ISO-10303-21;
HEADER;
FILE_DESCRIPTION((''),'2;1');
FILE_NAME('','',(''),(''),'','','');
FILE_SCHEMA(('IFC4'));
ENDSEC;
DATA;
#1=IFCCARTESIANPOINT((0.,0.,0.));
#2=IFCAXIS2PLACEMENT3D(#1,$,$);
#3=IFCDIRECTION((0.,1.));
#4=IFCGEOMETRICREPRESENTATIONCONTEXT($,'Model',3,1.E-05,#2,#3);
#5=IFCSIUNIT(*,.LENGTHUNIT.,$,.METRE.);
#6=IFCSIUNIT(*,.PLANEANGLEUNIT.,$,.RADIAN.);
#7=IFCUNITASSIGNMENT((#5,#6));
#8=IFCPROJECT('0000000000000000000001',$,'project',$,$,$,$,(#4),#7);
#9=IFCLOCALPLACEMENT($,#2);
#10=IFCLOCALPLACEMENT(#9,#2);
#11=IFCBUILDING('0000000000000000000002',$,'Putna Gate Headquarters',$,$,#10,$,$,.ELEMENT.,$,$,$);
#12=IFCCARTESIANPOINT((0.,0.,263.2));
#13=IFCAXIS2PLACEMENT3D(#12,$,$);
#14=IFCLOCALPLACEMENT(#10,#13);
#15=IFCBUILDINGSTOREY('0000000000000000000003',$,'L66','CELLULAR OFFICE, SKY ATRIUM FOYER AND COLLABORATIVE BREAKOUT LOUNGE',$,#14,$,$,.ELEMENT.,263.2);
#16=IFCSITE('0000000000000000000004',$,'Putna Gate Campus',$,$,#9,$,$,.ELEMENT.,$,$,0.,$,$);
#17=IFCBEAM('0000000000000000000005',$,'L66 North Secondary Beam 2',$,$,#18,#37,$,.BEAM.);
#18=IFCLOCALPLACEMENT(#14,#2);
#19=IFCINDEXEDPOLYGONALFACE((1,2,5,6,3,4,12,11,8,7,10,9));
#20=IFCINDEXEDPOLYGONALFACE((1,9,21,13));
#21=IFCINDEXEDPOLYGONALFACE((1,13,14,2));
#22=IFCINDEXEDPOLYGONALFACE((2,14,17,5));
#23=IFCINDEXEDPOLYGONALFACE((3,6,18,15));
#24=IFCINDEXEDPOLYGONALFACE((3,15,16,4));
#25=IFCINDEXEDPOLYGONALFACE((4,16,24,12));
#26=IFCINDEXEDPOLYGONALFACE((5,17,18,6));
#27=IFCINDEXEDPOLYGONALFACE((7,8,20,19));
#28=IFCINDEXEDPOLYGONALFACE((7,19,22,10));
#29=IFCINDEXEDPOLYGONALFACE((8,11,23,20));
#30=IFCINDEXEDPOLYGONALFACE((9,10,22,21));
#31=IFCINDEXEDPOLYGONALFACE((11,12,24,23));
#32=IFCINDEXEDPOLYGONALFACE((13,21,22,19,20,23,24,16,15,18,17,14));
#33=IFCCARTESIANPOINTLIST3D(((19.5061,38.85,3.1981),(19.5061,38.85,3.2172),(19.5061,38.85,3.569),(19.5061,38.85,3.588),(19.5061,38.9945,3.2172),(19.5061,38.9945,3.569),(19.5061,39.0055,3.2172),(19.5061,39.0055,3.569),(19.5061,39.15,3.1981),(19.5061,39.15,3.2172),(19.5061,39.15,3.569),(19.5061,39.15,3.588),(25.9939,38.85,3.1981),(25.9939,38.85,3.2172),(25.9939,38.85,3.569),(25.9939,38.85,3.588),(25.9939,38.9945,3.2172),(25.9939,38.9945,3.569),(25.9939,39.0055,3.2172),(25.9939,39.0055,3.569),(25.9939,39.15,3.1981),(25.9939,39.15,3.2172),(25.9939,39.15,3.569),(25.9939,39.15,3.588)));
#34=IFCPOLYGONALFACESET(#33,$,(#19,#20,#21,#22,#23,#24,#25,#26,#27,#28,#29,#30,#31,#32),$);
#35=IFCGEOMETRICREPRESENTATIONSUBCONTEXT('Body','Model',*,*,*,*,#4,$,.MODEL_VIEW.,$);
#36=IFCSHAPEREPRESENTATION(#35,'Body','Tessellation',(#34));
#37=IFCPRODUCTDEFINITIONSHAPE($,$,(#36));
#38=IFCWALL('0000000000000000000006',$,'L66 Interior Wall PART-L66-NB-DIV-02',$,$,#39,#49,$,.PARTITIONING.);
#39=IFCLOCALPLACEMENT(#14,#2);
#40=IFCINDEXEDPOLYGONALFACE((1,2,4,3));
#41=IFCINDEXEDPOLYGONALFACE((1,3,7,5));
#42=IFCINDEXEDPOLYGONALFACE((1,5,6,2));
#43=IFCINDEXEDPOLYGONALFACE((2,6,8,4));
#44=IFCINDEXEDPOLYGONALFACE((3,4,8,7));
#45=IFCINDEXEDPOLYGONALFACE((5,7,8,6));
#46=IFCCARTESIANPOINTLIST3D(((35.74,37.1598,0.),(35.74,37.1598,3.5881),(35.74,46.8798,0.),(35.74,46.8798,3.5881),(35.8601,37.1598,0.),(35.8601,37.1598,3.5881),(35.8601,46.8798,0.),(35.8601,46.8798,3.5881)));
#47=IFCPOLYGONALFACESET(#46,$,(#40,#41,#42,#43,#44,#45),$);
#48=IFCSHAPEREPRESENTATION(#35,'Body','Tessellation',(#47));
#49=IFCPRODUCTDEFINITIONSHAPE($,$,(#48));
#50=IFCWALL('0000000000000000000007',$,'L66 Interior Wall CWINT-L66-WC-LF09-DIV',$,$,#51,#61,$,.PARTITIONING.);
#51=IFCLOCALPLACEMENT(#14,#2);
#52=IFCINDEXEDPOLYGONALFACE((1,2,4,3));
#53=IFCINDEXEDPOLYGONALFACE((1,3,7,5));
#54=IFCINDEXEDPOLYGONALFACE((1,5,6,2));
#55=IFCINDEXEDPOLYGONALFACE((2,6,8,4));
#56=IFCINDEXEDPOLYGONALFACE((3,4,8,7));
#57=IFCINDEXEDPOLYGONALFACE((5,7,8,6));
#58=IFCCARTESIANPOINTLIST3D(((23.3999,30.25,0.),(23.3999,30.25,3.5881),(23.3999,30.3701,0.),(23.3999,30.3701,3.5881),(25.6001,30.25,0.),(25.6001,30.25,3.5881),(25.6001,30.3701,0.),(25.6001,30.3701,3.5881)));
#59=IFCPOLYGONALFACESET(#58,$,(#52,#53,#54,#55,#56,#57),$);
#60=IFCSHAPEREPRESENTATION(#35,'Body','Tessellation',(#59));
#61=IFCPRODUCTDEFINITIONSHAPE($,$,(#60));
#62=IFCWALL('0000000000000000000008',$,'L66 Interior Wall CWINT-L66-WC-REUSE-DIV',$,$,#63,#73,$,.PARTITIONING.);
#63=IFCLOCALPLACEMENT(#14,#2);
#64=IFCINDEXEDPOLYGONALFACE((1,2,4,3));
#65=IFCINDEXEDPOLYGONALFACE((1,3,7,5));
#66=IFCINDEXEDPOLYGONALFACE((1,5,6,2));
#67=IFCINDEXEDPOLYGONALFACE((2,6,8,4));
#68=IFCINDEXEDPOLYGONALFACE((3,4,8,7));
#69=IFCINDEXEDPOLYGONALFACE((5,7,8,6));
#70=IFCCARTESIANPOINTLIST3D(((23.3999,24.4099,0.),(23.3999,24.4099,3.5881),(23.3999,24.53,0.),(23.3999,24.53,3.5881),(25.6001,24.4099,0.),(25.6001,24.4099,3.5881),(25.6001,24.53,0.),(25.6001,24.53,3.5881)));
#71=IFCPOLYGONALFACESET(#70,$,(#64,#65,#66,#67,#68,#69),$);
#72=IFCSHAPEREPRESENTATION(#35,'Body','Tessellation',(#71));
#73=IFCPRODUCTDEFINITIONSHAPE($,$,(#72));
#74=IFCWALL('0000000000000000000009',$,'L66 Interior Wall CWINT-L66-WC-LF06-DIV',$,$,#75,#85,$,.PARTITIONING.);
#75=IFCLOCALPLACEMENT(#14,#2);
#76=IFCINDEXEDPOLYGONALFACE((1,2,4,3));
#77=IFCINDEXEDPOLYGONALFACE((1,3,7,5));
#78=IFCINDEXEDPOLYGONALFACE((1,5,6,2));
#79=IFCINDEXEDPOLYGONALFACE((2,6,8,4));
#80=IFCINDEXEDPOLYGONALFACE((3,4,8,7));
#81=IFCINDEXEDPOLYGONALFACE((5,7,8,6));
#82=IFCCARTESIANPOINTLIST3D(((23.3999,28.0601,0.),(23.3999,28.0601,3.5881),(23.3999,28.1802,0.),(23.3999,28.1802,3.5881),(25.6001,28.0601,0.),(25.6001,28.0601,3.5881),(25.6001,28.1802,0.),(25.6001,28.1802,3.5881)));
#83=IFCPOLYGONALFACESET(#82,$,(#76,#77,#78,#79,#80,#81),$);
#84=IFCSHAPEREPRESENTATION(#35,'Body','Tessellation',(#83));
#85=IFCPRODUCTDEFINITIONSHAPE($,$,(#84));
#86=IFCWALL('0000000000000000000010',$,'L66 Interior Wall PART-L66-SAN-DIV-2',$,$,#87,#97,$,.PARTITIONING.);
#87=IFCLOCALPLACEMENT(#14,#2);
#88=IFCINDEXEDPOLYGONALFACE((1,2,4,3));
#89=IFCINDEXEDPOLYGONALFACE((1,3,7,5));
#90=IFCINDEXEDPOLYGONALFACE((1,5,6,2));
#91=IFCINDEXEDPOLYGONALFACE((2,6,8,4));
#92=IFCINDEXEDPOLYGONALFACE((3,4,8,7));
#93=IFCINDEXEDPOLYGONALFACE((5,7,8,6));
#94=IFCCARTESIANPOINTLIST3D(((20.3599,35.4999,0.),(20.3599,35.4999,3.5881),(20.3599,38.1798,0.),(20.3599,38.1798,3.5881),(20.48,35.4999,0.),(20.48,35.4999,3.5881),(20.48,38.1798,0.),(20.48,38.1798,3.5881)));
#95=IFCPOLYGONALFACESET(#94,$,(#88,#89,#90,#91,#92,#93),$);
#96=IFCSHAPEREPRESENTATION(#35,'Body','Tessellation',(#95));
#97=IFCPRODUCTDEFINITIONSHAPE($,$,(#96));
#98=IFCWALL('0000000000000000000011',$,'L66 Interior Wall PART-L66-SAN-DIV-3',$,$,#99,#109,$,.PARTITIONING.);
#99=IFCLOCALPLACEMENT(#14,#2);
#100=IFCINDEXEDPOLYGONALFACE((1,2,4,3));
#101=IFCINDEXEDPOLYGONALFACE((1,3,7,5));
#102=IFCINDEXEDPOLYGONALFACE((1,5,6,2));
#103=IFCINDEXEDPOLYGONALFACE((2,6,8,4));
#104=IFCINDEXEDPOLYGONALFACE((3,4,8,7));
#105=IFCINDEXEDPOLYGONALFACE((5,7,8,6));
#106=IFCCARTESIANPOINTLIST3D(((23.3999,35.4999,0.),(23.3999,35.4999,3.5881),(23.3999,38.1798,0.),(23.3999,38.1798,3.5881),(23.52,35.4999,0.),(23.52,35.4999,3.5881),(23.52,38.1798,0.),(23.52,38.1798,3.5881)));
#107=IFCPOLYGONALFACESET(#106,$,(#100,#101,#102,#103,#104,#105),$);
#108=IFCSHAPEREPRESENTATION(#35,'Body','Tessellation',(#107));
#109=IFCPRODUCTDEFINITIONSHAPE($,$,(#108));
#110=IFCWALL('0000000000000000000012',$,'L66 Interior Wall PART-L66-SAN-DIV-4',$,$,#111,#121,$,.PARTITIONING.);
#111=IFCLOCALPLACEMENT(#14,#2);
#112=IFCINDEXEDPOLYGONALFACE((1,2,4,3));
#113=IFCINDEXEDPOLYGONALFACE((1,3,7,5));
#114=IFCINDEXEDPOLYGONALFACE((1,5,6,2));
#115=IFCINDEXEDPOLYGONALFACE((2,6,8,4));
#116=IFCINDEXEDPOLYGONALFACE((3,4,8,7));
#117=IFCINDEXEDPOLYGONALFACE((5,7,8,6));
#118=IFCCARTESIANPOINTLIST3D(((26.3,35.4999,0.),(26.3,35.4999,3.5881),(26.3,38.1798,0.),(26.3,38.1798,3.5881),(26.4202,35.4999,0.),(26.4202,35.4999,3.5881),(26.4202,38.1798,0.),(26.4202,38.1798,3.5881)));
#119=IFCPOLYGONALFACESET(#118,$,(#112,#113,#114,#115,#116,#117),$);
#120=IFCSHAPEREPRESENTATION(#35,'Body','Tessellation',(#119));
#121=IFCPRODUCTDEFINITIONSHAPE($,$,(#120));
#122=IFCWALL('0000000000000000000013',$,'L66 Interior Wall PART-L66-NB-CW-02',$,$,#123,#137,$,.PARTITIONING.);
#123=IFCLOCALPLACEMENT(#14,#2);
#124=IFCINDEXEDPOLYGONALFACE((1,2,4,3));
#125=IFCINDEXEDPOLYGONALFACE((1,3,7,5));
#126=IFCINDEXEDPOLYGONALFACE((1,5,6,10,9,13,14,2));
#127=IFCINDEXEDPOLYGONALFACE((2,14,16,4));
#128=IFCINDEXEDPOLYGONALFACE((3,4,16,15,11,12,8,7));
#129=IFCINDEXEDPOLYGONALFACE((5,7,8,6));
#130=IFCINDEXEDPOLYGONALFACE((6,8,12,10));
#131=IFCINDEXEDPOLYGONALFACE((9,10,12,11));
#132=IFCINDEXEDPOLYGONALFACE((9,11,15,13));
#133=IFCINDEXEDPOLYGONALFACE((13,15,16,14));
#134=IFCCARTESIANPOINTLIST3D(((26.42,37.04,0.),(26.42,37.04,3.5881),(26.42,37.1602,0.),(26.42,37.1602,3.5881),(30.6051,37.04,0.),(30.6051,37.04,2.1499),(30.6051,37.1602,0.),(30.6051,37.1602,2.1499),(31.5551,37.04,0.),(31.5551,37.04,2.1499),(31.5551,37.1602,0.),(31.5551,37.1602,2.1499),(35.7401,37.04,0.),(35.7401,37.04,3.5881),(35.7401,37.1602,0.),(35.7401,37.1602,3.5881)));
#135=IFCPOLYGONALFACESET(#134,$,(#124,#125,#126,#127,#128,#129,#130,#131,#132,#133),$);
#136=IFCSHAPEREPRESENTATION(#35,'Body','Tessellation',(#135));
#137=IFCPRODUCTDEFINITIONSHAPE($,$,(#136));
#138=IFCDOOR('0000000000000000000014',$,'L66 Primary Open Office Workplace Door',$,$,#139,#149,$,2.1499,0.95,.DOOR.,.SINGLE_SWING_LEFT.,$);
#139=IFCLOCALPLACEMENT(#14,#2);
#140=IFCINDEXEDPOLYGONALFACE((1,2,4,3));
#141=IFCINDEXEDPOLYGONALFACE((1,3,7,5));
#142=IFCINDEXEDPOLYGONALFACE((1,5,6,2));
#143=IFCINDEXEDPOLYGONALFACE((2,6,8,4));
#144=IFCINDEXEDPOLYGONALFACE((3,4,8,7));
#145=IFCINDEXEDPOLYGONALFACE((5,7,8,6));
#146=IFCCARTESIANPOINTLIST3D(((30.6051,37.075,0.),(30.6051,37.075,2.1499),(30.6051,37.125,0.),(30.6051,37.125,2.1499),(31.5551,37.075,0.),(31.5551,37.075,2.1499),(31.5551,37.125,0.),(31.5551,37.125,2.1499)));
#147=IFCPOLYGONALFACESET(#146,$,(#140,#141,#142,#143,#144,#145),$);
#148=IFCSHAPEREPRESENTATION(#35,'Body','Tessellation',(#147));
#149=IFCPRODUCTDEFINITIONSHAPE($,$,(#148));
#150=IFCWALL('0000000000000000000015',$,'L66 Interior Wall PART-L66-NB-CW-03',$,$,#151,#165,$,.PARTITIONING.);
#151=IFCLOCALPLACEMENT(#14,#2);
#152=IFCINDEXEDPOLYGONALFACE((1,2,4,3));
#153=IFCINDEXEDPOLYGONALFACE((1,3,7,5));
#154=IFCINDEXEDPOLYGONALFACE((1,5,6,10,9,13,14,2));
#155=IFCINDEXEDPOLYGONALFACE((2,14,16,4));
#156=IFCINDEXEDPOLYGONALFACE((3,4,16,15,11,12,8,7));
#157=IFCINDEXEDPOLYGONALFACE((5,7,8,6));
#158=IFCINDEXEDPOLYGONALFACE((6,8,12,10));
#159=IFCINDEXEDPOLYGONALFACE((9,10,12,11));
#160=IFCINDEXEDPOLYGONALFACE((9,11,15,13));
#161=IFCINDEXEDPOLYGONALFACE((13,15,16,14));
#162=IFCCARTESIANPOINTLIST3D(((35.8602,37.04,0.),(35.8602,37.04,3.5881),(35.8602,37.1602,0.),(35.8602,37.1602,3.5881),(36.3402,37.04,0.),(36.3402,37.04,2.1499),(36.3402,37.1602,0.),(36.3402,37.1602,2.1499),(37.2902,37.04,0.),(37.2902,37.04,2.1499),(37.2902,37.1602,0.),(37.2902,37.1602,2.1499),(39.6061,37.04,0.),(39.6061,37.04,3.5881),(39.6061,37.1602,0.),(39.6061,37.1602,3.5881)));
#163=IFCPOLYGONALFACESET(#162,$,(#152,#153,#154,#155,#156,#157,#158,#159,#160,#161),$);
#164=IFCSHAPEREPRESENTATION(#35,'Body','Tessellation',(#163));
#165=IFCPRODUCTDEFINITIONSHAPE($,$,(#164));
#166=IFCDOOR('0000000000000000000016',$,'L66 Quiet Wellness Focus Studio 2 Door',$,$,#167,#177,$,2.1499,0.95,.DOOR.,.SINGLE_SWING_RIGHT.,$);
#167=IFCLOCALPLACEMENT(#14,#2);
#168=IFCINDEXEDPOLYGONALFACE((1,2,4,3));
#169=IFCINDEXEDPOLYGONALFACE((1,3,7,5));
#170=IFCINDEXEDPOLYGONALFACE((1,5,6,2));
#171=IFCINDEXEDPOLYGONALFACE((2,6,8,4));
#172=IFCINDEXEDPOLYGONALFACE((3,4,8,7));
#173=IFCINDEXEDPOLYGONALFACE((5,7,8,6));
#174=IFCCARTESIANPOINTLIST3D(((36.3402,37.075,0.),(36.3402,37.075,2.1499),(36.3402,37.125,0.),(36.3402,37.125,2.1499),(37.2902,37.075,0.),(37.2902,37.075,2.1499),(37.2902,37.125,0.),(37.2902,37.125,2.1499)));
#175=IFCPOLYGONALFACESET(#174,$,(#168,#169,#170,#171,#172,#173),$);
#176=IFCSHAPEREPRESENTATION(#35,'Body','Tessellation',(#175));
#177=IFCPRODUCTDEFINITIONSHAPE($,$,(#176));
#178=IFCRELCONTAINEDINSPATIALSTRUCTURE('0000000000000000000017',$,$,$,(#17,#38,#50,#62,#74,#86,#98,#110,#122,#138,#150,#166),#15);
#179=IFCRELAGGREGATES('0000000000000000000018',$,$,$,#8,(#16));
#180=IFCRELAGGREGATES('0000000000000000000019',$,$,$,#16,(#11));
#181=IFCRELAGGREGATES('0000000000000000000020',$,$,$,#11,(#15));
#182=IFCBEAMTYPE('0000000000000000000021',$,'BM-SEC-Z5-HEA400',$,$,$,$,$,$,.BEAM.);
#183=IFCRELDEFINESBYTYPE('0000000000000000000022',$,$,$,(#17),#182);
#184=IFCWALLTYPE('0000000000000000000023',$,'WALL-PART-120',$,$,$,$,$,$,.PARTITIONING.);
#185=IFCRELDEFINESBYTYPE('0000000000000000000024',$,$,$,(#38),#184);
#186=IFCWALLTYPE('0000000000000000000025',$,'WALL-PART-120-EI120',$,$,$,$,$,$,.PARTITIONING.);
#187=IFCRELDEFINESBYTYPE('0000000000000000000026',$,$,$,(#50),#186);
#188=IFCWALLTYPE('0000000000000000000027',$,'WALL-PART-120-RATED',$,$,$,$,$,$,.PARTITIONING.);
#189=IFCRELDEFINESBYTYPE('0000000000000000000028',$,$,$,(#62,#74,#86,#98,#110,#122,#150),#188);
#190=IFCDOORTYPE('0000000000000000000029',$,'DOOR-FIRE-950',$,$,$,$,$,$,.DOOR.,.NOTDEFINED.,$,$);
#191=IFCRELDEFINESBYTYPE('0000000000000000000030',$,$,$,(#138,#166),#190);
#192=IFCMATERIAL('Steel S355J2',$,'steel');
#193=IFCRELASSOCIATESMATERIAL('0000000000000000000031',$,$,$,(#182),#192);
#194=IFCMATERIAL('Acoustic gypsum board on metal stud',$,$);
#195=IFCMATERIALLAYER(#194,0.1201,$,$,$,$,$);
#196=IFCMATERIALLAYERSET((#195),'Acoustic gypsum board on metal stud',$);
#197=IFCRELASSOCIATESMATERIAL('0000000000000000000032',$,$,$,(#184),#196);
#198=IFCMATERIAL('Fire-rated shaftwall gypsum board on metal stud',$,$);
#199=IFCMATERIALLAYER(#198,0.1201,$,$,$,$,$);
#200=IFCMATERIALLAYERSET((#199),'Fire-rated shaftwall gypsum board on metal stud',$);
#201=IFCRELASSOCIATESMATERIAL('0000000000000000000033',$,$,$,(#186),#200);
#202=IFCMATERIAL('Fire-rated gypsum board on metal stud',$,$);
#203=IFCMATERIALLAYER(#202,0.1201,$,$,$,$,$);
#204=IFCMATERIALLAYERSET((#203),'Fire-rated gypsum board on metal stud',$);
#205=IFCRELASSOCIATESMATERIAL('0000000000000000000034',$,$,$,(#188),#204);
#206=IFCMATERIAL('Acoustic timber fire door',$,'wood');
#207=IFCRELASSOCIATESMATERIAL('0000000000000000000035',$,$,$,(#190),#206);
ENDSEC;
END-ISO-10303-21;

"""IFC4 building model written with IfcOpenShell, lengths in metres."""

from ifc_helpers import new_model, si_unit, direction, frame, frame_2d, origin, origin_2d, place, context, subcontext, project, spatial, rectangle, i_section, extrude, material, layer, layer_set, material_profile, profile_set, type_object, element, fill, save


model = new_model("IFC4")

# Units and contexts
model_context = context("Model", 3, precision=1e-05, world=origin(), true_north=direction((0.0, 1.0)))
body_context = subcontext(model_context, "Body", "Model", "MODEL_VIEW")
ifc_project = project(units=[si_unit("LENGTHUNIT", "METRE"), si_unit("PLANEANGLEUNIT", "RADIAN")], contexts=[model_context])

# Site, building, storey
site_placement = place(None, origin())
site = spatial("IfcSite", under=ifc_project, at=site_placement, Name="Putna Gate Campus", CompositionType="ELEMENT", RefElevation=0.0)
building_placement = place(site_placement, origin())
building = spatial("IfcBuilding", under=site, at=building_placement, Name="Putna Gate Headquarters", CompositionType="ELEMENT")
storey_placement = place(building_placement, frame((0.0, 0.0, 263.2)))
storey = spatial("IfcBuildingStorey", under=building, at=storey_placement, Name="L66", Description="CELLULAR OFFICE, SKY ATRIUM FOYER AND COLLABORATIVE BREAKOUT LOUNGE", CompositionType="ELEMENT", Elevation=263.2)

# Beam
ifc_material_1 = material(Name="Steel S355J2", Category="steel")
ifc_material_profile_1 = material_profile(ifc_material_1, i_section(OverallWidth=0.3, OverallDepth=0.3899, WebThickness=0.011, FlangeThickness=0.019, at=origin_2d()), Name="Steel S355J2")
ifc_profile_set_1 = profile_set([ifc_material_profile_1], Name="Steel S355J2")
beam_type_1 = type_object("IfcBeamType", Name="BM-SEC-Z5-HEA400", PredefinedType="BEAM", material=ifc_profile_set_1)
beam_1_placement = place(storey_placement, frame((19.5061, 39.0, 3.3931), z_axis=(1.0, 0.0, 0.0), x_axis=(0.0, 1.0, 0.0)))
element("IfcBeam", 1, at=beam_1_placement, inside=storey, type_object=beam_type_1, Name="L66 North Secondary Beam 2", PredefinedType="BEAM", context=body_context, shape_type="SweptSolid", body=[
    extrude(i_section(OverallWidth=0.3, OverallDepth=0.3899, WebThickness=0.011, FlangeThickness=0.019, at=origin_2d()), origin(), (0.0, 0.0, 1.0), 6.4878),
])

# Walls
ifc_material_2 = material(Name="Acoustic gypsum board on metal stud")
ifc_layer_1 = layer(ifc_material_2, 0.1201)
ifc_layer_set_1 = layer_set([ifc_layer_1], Name="Acoustic gypsum board on metal stud")
wall_type_1 = type_object("IfcWallType", Name="WALL-PART-120", PredefinedType="PARTITIONING", material=ifc_layer_set_1)
wall_1_placement = place(storey_placement, frame((35.8, 37.1599, 0.0), z_axis=(0.0, 0.0, 1.0), x_axis=(0.0, 1.0, 0.0)))
element("IfcWall", 2, at=wall_1_placement, inside=storey, type_object=wall_type_1, Name="L66 Interior Wall PART-L66-NB-DIV-02", PredefinedType="PARTITIONING", context=body_context, shape_type="SweptSolid", body=[
    extrude(rectangle(XDim=9.72, YDim=0.1201, at=frame_2d((4.8599, 0.0))), origin(), (0.0, 0.0, 1.0), 3.5881),
])
ifc_material_3 = material(Name="Fire-rated shaftwall gypsum board on metal stud")
ifc_layer_2 = layer(ifc_material_3, 0.1201)
ifc_layer_set_2 = layer_set([ifc_layer_2], Name="Fire-rated shaftwall gypsum board on metal stud")
wall_type_2 = type_object("IfcWallType", Name="WALL-PART-120-EI120", PredefinedType="PARTITIONING", material=ifc_layer_set_2)
wall_2_placement = place(storey_placement, frame((23.3999, 30.3101, 0.0), z_axis=(0.0, 0.0, 1.0), x_axis=(1.0, 0.0, 0.0)))
element("IfcWall", 3, at=wall_2_placement, inside=storey, type_object=wall_type_2, Name="L66 Interior Wall CWINT-L66-WC-LF09-DIV", PredefinedType="PARTITIONING", context=body_context, shape_type="SweptSolid", body=[
    extrude(rectangle(XDim=2.2002, YDim=0.1201, at=frame_2d((1.1001, 0.0))), origin(), (0.0, 0.0, 1.0), 3.5881),
])
ifc_material_4 = material(Name="Fire-rated gypsum board on metal stud")
ifc_layer_3 = layer(ifc_material_4, 0.1201)
ifc_layer_set_3 = layer_set([ifc_layer_3], Name="Fire-rated gypsum board on metal stud")
wall_type_3 = type_object("IfcWallType", Name="WALL-PART-120-RATED", PredefinedType="PARTITIONING", material=ifc_layer_set_3)
for number, where, z_axis, x_axis, name in (
    (4, (23.3999, 24.47, 0.0), (0.0, 0.0, 1.0), (1.0, 0.0, 0.0), "L66 Interior Wall CWINT-L66-WC-REUSE-DIV"),
    (5, (23.3999, 28.1201, 0.0), (0.0, 0.0, 1.0), (1.0, 0.0, 0.0), "L66 Interior Wall CWINT-L66-WC-LF06-DIV"),
):
    element("IfcWall", number, at=place(storey_placement, frame(where, z_axis=z_axis, x_axis=x_axis)), inside=storey, type_object=wall_type_3, Name=name, PredefinedType="PARTITIONING", context=body_context, shape_type="SweptSolid", body=[
        extrude(rectangle(XDim=2.2002, YDim=0.1201, at=frame_2d((1.1001, 0.0))), origin(), (0.0, 0.0, 1.0), 3.5881),
    ])
for number, where, z_axis, x_axis, name in (
    (6, (20.4199, 35.5, 0.0), (0.0, 0.0, 1.0), (0.0, 1.0, 0.0), "L66 Interior Wall PART-L66-SAN-DIV-2"),
    (7, (23.46, 35.5, 0.0), (0.0, 0.0, 1.0), (0.0, 1.0, 0.0), "L66 Interior Wall PART-L66-SAN-DIV-3"),
    (8, (26.3601, 35.5, 0.0), (0.0, 0.0, 1.0), (0.0, 1.0, 0.0), "L66 Interior Wall PART-L66-SAN-DIV-4"),
):
    element("IfcWall", number, at=place(storey_placement, frame(where, z_axis=z_axis, x_axis=x_axis)), inside=storey, type_object=wall_type_3, Name=name, PredefinedType="PARTITIONING", context=body_context, shape_type="SweptSolid", body=[
        extrude(rectangle(XDim=2.6799, YDim=0.1201, at=frame_2d((1.3398, 0.0))), origin(), (0.0, 0.0, 1.0), 3.5881),
    ])

# Walls, openings, doors
wall_3_placement = place(storey_placement, frame((26.4199, 37.1001, 0.0), z_axis=(0.0, 0.0, 1.0), x_axis=(1.0, 0.0, 0.0)))
wall_3 = element("IfcWall", 9, at=wall_3_placement, inside=storey, type_object=wall_type_3, Name="L66 Interior Wall PART-L66-NB-CW-02", PredefinedType="PARTITIONING", context=body_context, shape_type="SweptSolid", body=[
    extrude(rectangle(XDim=9.3201, YDim=0.1201, at=frame_2d((4.6602, 0.0))), origin(), (0.0, 0.0, 1.0), 3.5881),
])
opening_1_placement = place(wall_3_placement, frame((4.1851, 0.0, 0.0)))
opening_1 = element("IfcOpeningElement", 10, at=opening_1_placement, cuts=wall_3, PredefinedType="OPENING", context=body_context, shape_type="SweptSolid", body=[
    extrude(rectangle(XDim=0.95, YDim=2.1499, at=frame_2d((0.4751, 1.075))), frame((0.0, 0.0701, 0.0), z_axis=(0.0, -1.0, 0.0), x_axis=(1.0, 0.0, 0.0)), (0.0, 0.0, 1.0), 0.1401),
])
ifc_material_5 = material(Name="Acoustic timber fire door", Category="wood")
door_type = type_object("IfcDoorType", Name="DOOR-FIRE-950", OperationType="NOTDEFINED", PredefinedType="DOOR", material=ifc_material_5)
door_1_placement = place(opening_1_placement, origin())
door_1 = element("IfcDoor", 11, at=door_1_placement, inside=storey, type_object=door_type, Name="L66 Primary Open Office Workplace Door", OperationType="SINGLE_SWING_LEFT", OverallHeight=2.1499, OverallWidth=0.95, PredefinedType="DOOR", context=body_context, shape_type="SweptSolid", body=[
    extrude(rectangle(XDim=0.95, YDim=2.1499, at=frame_2d((0.4751, 1.075))), frame((0.0, 0.0249, 0.0), z_axis=(0.0, -1.0, 0.0), x_axis=(1.0, 0.0, 0.0)), (0.0, 0.0, 1.0), 0.05),
])
fill(opening_1, door_1)
wall_4_placement = place(storey_placement, frame((35.8601, 37.1001, 0.0), z_axis=(0.0, 0.0, 1.0), x_axis=(1.0, 0.0, 0.0)))
wall_4 = element("IfcWall", 12, at=wall_4_placement, inside=storey, type_object=wall_type_3, Name="L66 Interior Wall PART-L66-NB-CW-03", PredefinedType="PARTITIONING", context=body_context, shape_type="SweptSolid", body=[
    extrude(rectangle(XDim=3.7458, YDim=0.1201, at=frame_2d((1.873, 0.0))), origin(), (0.0, 0.0, 1.0), 3.5881),
])
opening_2_placement = place(wall_4_placement, frame((0.48, 0.0, 0.0)))
opening_2 = element("IfcOpeningElement", 13, at=opening_2_placement, cuts=wall_4, PredefinedType="OPENING", context=body_context, shape_type="SweptSolid", body=[
    extrude(rectangle(XDim=0.95, YDim=2.1499, at=frame_2d((0.4751, 1.075))), frame((0.0, 0.0701, 0.0), z_axis=(0.0, -1.0, 0.0), x_axis=(1.0, 0.0, 0.0)), (0.0, 0.0, 1.0), 0.1401),
])
door_2_placement = place(opening_2_placement, origin())
door_2 = element("IfcDoor", 14, at=door_2_placement, inside=storey, type_object=door_type, Name="L66 Quiet Wellness Focus Studio 2 Door", OperationType="SINGLE_SWING_RIGHT", OverallHeight=2.1499, OverallWidth=0.95, PredefinedType="DOOR", context=body_context, shape_type="SweptSolid", body=[
    extrude(rectangle(XDim=0.95, YDim=2.1499, at=frame_2d((0.4751, 1.075))), frame((0.0, 0.0249, 0.0), z_axis=(0.0, -1.0, 0.0), x_axis=(1.0, 0.0, 0.0)), (0.0, 0.0, 1.0), 0.05),
])
fill(opening_2, door_2)

save(model, "model.ifc")
